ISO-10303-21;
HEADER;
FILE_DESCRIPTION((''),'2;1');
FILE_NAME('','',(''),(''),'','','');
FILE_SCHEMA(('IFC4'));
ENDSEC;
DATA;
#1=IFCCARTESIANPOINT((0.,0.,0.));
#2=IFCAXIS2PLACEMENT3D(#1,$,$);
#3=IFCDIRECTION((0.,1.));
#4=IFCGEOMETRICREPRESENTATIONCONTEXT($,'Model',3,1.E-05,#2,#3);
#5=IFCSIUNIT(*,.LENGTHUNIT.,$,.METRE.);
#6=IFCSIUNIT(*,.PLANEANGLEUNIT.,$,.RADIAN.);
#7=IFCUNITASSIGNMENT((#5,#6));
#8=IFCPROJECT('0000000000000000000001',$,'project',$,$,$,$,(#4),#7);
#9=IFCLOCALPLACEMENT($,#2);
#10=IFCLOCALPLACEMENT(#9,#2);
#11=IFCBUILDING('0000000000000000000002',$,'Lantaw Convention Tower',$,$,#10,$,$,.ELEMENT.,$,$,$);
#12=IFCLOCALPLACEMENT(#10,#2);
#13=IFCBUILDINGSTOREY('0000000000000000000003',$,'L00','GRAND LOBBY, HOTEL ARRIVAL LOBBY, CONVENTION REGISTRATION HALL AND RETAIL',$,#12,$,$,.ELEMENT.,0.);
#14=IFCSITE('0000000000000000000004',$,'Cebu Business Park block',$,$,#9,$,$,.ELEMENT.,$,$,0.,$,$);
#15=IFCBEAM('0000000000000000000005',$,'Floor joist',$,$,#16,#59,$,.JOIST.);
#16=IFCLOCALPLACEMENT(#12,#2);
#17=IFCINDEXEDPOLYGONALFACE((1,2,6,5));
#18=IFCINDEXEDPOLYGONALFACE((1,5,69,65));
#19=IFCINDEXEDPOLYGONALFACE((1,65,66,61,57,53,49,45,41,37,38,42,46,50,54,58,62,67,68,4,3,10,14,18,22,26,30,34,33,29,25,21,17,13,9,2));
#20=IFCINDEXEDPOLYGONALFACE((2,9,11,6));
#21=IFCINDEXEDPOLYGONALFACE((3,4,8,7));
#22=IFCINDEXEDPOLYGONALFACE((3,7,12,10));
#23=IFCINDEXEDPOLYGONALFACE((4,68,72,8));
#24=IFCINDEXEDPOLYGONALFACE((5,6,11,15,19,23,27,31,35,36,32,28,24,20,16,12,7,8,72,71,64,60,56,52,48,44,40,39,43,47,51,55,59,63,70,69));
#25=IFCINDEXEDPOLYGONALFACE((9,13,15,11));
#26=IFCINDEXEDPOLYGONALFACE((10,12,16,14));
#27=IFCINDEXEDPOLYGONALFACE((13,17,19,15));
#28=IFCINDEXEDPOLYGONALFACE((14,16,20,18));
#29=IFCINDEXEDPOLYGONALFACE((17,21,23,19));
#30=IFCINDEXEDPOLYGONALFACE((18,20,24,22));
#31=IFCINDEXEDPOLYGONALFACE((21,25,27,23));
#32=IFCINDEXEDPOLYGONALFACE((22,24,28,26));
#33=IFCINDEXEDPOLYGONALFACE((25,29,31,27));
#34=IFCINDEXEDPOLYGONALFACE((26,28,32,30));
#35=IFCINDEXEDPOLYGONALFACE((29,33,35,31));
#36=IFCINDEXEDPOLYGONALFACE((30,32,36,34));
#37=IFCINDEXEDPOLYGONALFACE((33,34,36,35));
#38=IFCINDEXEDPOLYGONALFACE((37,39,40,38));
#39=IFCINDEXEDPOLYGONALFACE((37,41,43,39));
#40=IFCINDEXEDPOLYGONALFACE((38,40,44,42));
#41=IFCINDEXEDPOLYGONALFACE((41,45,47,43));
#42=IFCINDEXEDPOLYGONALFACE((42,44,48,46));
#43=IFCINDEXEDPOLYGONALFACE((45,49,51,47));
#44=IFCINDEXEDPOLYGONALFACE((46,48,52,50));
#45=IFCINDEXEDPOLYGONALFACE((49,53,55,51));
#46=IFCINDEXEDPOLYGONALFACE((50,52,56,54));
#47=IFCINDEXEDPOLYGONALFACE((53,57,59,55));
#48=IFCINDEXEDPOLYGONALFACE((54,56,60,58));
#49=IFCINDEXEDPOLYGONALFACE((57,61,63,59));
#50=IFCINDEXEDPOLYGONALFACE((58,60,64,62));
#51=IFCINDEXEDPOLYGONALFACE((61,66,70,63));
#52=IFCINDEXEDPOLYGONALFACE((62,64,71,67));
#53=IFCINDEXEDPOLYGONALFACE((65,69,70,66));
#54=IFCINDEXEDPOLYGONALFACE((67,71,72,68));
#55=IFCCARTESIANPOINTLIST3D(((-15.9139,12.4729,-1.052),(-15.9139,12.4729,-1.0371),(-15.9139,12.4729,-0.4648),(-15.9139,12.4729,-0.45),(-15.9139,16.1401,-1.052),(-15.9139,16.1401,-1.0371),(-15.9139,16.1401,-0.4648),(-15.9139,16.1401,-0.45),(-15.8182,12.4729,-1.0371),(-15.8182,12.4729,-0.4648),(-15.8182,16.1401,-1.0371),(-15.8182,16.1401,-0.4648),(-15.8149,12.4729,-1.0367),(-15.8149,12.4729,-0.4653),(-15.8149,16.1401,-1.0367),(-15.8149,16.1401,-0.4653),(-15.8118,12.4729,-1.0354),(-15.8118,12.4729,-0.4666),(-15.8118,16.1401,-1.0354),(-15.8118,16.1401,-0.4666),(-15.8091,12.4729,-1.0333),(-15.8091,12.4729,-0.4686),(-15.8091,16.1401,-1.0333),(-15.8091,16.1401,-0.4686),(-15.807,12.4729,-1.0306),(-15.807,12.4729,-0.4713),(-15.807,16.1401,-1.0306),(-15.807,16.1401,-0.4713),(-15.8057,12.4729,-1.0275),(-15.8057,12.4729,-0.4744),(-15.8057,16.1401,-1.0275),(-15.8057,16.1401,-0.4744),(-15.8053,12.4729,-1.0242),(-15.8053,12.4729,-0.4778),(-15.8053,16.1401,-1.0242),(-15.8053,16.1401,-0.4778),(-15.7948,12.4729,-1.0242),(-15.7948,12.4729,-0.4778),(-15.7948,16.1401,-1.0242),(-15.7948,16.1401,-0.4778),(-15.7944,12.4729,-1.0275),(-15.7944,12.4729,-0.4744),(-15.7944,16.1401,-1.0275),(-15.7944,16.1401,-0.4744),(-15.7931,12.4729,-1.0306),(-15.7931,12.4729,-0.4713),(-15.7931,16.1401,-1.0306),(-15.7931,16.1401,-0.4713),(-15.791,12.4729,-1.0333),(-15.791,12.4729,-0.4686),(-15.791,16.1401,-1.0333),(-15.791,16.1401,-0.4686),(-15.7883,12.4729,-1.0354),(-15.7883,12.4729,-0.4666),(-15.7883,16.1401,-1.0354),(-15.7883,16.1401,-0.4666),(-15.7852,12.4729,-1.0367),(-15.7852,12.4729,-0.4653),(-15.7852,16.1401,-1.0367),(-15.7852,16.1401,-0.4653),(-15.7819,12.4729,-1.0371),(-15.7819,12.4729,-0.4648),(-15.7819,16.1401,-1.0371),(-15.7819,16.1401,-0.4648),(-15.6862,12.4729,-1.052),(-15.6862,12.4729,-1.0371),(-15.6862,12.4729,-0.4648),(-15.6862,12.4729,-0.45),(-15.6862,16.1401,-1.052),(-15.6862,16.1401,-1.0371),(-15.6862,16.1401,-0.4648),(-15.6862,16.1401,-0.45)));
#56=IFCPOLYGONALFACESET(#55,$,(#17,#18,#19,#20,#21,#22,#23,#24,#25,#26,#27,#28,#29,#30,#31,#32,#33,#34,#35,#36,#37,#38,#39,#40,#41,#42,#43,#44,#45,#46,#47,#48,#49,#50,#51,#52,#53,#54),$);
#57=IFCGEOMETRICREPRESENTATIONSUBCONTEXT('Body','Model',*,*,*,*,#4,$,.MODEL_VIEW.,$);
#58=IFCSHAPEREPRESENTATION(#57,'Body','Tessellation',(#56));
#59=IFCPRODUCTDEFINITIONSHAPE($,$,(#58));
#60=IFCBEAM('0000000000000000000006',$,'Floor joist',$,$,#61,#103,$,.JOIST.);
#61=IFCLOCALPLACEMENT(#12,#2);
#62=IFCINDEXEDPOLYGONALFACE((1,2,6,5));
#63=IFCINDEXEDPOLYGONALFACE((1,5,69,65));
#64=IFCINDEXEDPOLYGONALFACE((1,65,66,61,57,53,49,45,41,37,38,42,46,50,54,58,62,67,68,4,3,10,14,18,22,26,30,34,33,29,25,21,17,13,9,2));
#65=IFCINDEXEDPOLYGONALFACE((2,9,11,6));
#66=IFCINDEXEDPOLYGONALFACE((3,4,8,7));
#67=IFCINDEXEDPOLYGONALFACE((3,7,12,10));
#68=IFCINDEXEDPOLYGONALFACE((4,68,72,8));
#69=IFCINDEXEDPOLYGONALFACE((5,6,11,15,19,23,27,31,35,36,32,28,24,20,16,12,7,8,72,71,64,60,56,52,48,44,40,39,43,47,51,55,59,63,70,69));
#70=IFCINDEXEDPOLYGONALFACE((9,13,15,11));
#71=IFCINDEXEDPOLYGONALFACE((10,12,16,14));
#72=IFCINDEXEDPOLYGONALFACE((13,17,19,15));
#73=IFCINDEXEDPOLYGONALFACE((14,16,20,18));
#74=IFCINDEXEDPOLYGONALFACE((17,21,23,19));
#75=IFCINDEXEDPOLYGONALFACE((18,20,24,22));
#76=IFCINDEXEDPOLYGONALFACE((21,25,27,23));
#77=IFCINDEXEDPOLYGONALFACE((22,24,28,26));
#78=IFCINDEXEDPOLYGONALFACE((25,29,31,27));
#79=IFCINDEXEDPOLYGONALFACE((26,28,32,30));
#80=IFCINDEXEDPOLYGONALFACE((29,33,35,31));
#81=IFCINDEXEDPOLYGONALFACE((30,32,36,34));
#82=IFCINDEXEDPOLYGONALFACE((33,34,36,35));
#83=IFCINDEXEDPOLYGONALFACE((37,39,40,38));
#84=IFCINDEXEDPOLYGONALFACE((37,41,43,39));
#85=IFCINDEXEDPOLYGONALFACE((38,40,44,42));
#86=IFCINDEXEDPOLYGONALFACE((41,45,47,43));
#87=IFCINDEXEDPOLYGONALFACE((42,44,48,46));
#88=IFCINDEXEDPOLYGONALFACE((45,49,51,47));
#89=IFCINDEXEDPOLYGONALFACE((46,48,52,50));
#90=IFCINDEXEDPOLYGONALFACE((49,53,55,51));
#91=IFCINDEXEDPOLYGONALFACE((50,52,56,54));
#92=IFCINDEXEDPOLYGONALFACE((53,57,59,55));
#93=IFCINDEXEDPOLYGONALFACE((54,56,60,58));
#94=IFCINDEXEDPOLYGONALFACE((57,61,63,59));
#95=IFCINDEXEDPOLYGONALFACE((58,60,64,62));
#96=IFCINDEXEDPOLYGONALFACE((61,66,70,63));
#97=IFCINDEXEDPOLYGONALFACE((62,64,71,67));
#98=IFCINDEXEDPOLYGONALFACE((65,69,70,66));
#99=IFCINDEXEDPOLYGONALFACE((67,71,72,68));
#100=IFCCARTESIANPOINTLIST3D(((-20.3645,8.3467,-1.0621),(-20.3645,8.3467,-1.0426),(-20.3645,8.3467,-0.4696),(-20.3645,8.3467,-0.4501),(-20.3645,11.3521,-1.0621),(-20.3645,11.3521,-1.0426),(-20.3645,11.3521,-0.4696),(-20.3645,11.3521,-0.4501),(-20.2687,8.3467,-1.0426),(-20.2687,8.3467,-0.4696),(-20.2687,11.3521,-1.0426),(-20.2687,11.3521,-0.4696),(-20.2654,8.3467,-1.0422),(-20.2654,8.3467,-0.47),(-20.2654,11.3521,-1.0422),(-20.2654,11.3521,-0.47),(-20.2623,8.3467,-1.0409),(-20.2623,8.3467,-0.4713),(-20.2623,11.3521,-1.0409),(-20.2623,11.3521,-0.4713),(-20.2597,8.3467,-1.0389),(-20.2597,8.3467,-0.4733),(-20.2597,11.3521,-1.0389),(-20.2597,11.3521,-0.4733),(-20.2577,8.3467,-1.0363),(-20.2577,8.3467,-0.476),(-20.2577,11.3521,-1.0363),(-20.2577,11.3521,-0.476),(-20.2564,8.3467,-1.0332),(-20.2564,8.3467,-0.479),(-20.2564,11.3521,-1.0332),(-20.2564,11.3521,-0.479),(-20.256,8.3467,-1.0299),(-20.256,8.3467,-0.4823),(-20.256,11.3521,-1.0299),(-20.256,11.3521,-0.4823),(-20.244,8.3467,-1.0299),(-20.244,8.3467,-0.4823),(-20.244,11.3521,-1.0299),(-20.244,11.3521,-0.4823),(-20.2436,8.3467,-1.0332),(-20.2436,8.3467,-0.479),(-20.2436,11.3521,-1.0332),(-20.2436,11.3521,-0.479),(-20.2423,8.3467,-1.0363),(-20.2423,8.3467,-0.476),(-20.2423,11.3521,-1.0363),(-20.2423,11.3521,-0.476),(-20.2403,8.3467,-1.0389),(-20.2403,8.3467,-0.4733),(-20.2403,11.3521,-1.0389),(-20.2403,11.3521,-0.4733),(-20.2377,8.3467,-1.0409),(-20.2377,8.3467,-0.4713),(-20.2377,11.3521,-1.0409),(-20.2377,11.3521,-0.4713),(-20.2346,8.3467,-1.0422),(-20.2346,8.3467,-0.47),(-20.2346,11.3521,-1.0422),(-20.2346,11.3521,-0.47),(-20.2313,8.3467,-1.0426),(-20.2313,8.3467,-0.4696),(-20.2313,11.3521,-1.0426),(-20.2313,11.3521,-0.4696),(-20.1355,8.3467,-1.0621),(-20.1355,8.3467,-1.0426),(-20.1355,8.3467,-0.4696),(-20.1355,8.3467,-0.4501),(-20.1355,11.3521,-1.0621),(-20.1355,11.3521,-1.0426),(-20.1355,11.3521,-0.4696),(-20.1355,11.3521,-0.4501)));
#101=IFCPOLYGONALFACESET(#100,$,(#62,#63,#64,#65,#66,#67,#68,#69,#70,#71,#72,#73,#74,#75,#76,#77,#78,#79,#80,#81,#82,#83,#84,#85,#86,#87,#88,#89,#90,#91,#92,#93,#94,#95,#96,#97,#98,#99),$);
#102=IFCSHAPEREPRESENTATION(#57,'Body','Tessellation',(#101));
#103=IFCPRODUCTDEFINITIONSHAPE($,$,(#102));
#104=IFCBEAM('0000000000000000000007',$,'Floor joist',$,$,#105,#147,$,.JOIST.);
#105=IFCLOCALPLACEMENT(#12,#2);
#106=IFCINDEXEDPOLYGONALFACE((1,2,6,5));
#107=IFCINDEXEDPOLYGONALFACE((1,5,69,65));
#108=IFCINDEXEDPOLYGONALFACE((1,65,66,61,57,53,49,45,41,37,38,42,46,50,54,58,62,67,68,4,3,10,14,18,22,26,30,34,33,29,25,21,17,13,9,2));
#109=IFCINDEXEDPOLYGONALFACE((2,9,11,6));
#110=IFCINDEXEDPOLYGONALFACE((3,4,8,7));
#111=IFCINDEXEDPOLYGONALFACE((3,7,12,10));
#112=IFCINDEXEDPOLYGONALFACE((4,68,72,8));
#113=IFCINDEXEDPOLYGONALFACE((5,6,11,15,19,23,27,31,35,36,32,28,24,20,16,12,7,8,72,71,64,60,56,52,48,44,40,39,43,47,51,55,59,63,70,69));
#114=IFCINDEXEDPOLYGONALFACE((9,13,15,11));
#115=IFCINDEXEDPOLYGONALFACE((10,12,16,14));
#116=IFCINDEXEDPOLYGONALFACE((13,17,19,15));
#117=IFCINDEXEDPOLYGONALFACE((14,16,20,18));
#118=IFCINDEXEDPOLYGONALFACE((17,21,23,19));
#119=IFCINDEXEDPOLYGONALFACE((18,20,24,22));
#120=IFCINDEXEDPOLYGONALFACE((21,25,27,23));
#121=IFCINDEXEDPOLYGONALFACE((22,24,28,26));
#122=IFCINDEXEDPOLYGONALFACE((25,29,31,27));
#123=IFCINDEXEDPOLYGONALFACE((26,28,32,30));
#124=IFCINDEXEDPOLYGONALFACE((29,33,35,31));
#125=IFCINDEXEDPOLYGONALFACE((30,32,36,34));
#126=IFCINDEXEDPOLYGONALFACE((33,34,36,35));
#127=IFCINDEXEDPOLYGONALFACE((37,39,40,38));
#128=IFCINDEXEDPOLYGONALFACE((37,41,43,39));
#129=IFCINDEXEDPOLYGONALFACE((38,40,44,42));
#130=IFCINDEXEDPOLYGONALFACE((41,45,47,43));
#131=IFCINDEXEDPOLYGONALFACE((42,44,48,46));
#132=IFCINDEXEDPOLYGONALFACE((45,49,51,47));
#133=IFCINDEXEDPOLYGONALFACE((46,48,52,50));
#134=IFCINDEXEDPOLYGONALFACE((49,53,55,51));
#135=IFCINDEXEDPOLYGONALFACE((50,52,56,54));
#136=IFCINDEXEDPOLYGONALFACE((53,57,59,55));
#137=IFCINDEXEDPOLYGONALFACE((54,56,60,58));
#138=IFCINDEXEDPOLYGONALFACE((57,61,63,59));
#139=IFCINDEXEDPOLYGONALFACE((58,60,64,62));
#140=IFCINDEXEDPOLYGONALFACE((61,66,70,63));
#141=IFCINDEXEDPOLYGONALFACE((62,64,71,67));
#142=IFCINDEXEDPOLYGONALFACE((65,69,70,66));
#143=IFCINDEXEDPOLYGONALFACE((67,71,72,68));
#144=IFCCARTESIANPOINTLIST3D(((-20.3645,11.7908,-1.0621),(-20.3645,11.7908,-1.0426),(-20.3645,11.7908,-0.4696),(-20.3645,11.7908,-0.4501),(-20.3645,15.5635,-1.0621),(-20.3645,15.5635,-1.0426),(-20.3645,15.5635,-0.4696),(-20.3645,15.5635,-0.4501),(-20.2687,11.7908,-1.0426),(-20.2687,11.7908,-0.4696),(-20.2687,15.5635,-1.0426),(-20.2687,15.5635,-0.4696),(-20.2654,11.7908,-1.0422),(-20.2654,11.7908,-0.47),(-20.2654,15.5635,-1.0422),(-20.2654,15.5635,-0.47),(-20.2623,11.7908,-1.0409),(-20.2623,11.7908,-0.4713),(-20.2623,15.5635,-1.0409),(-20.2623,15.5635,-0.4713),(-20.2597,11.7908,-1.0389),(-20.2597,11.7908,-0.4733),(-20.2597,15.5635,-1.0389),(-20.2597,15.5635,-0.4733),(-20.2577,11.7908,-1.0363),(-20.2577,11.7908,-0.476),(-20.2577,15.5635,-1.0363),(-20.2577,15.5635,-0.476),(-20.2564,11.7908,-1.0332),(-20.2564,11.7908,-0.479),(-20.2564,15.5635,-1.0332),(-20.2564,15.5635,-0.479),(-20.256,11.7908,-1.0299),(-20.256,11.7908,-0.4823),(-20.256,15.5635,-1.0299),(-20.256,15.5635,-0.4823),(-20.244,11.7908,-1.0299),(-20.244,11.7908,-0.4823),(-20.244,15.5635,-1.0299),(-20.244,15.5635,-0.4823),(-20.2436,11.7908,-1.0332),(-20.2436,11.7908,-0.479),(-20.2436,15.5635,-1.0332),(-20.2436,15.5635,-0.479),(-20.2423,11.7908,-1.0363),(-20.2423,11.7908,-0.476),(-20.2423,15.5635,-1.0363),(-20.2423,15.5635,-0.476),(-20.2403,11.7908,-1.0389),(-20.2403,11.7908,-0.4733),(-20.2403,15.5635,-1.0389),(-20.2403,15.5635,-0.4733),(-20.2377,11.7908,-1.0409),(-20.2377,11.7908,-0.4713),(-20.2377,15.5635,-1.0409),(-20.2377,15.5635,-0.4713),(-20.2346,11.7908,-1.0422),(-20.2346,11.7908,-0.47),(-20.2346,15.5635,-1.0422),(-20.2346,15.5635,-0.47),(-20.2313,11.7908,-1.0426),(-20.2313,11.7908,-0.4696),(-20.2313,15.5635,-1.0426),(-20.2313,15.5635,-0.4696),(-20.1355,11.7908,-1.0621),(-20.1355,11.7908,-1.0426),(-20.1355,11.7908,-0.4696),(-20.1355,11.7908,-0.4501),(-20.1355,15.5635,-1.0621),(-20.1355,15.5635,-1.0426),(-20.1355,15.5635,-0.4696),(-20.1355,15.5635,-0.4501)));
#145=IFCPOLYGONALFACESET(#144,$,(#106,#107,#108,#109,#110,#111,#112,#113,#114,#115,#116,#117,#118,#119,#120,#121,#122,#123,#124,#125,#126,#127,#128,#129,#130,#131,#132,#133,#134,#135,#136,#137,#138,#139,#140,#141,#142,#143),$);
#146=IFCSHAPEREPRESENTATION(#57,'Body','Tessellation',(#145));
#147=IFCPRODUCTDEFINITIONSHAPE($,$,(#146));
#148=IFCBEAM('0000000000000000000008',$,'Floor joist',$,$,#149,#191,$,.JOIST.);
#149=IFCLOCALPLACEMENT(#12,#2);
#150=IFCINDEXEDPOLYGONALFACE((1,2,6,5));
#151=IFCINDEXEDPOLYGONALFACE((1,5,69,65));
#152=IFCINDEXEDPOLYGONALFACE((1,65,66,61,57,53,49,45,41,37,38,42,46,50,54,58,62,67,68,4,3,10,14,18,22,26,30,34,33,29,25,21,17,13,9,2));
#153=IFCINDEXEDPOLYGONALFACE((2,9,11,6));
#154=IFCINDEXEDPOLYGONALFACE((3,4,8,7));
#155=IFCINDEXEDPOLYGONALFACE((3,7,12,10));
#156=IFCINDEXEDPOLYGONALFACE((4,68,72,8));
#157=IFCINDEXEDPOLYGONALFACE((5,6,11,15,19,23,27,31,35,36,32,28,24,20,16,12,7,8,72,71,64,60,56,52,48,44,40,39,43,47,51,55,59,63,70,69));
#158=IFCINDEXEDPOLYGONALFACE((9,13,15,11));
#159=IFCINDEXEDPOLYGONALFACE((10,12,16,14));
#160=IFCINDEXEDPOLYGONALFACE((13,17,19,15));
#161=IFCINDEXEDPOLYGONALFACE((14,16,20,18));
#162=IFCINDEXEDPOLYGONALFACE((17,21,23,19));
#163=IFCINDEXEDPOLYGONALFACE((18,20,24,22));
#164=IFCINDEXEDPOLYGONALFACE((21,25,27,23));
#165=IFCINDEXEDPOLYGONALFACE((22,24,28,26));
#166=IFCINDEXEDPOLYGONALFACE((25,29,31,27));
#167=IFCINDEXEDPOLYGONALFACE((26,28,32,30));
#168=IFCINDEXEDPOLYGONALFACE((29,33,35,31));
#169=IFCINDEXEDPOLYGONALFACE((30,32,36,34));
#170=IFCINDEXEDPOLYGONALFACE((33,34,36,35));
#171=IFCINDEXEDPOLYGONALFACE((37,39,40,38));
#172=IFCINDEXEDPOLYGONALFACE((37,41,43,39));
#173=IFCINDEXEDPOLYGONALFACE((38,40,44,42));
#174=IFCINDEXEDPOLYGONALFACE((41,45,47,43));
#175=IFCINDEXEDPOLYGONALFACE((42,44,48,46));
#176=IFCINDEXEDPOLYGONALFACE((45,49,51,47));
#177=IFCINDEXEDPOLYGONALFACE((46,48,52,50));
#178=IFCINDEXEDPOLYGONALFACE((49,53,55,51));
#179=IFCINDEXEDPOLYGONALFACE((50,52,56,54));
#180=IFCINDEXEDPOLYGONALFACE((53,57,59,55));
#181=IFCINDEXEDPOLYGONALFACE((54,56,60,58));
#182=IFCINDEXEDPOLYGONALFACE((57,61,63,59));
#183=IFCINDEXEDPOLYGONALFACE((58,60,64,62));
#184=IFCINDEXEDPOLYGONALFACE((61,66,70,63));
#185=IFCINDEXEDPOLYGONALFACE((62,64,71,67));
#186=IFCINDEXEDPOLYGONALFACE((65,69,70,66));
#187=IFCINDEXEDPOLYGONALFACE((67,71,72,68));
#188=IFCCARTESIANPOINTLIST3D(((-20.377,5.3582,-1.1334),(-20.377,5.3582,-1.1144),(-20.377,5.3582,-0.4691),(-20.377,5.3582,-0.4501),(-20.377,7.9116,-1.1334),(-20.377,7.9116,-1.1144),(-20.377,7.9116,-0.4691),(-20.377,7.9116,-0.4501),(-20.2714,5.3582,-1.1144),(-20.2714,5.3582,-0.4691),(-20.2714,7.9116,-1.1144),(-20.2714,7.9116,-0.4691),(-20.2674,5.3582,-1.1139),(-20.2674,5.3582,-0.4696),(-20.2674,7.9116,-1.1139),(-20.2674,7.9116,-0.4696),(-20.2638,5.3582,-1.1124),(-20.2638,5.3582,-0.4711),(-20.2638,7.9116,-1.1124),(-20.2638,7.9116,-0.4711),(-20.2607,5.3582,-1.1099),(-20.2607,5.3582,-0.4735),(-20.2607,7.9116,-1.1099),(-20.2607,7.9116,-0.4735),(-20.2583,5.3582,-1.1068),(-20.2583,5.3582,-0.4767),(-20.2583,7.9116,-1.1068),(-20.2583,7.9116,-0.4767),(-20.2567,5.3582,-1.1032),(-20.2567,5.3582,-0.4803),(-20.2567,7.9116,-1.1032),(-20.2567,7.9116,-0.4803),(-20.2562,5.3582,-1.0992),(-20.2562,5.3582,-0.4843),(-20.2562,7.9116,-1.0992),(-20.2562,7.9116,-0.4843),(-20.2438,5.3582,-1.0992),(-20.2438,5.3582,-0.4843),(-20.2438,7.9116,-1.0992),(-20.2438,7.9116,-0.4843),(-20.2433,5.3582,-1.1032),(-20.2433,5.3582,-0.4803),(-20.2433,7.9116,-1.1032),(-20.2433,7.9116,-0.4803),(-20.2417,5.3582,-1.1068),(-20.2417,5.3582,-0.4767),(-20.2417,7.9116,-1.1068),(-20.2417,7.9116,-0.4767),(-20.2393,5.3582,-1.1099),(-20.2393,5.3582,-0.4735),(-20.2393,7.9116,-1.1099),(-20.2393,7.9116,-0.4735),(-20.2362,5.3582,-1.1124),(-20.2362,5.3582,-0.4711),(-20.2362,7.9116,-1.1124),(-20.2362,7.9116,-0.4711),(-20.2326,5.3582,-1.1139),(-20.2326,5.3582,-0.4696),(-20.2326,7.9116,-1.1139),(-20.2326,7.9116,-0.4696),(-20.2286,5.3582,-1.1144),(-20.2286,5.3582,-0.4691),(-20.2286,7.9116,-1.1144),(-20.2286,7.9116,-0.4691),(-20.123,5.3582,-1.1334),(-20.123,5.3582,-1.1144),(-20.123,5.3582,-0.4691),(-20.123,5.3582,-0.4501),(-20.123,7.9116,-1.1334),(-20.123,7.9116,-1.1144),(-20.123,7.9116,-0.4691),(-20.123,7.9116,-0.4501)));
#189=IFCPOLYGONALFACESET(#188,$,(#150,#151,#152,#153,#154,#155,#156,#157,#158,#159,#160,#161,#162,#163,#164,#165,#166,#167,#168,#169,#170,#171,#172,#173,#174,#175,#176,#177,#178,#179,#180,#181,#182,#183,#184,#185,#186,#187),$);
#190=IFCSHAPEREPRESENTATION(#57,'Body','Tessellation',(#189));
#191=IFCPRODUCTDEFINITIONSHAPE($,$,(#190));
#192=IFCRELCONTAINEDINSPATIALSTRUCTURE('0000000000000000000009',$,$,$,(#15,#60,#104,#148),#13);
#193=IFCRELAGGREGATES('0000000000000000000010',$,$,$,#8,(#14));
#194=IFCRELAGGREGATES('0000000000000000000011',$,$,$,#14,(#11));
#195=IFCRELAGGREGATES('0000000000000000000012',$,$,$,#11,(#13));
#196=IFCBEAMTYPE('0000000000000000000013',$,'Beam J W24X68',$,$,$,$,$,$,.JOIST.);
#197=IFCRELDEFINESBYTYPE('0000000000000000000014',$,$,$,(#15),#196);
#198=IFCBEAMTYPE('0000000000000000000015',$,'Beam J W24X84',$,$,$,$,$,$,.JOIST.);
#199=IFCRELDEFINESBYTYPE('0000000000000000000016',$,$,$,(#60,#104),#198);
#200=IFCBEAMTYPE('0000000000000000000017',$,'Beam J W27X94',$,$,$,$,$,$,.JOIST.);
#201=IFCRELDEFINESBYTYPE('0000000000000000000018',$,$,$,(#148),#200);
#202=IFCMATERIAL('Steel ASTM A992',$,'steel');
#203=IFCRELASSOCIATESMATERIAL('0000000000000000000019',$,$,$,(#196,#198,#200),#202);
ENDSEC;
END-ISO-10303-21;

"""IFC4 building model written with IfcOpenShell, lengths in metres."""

from ifc_helpers import new_model, si_unit, direction, frame, origin, origin_2d, place, context, subcontext, project, spatial, i_section, extrude, material, material_profile, profile_set, type_object, element, save


model = new_model("IFC4")

# Units and contexts
model_context = context("Model", 3, precision=1e-05, world=origin(), true_north=direction((0.0, 1.0)))
body_context = subcontext(model_context, "Body", "Model", "MODEL_VIEW")
ifc_project = project(units=[si_unit("LENGTHUNIT", "METRE"), si_unit("PLANEANGLEUNIT", "RADIAN")], contexts=[model_context])

# Site, building, storey
site_placement = place(None, origin())
site = spatial("IfcSite", under=ifc_project, at=site_placement, Name="Cebu Business Park block", CompositionType="ELEMENT", RefElevation=0.0)
building_placement = place(site_placement, origin())
building = spatial("IfcBuilding", under=site, at=building_placement, Name="Lantaw Convention Tower", CompositionType="ELEMENT")
storey_placement = place(building_placement, origin())
storey = spatial("IfcBuildingStorey", under=building, at=storey_placement, Name="L00", Description="GRAND LOBBY, HOTEL ARRIVAL LOBBY, CONVENTION REGISTRATION HALL AND RETAIL", CompositionType="ELEMENT", Elevation=0.0)

# Beams
ifc_material_1 = material(Name="Steel ASTM A992", Category="steel")
ifc_material_profile_1 = material_profile(ifc_material_1, i_section(OverallWidth=0.2278, OverallDepth=0.6021, WebThickness=0.0105, FlangeThickness=0.0149, FilletRadius=0.0129, at=origin_2d()), Name="W24X68")
ifc_profile_set_1 = profile_set([ifc_material_profile_1], Name="Steel ASTM A992")
beam_type_1 = type_object("IfcBeamType", Name="Beam J W24X68", PredefinedType="JOIST", material=ifc_profile_set_1)
beam_1_placement = place(storey_placement, frame((-15.8, 12.4729, -0.751), z_axis=(0.0, 1.0, 0.0), x_axis=(-1.0, 0.0, 0.0)))
element("IfcBeam", 1, at=beam_1_placement, inside=storey, type_object=beam_type_1, Name="Floor joist", PredefinedType="JOIST", context=body_context, shape_type="SweptSolid", body=[
    extrude(i_section(OverallWidth=0.2278, OverallDepth=0.6021, WebThickness=0.0105, FlangeThickness=0.0149, FilletRadius=0.0129, at=origin_2d()), origin(), (0.0, 0.0, 1.0), 3.6672),
])
ifc_material_profile_2 = material_profile(ifc_material_1, i_section(OverallWidth=0.229, OverallDepth=0.6121, WebThickness=0.012, FlangeThickness=0.0195, FilletRadius=0.0127, at=origin_2d()), Name="W24X84")
ifc_profile_set_2 = profile_set([ifc_material_profile_2], Name="Steel ASTM A992")
beam_type_2 = type_object("IfcBeamType", Name="Beam J W24X84", PredefinedType="JOIST", material=ifc_profile_set_2)
beam_2_placement = place(storey_placement, frame((-20.25, 8.3467, -0.7561), z_axis=(0.0, 1.0, 0.0), x_axis=(-1.0, 0.0, 0.0)))
element("IfcBeam", 2, at=beam_2_placement, inside=storey, type_object=beam_type_2, Name="Floor joist", PredefinedType="JOIST", context=body_context, shape_type="SweptSolid", body=[
    extrude(i_section(OverallWidth=0.229, OverallDepth=0.6121, WebThickness=0.012, FlangeThickness=0.0195, FilletRadius=0.0127, at=origin_2d()), origin(), (0.0, 0.0, 1.0), 3.0054),
])
beam_3_placement = place(storey_placement, frame((-20.25, 11.7908, -0.7561), z_axis=(0.0, 1.0, 0.0), x_axis=(-1.0, 0.0, 0.0)))
element("IfcBeam", 3, at=beam_3_placement, inside=storey, type_object=beam_type_2, Name="Floor joist", PredefinedType="JOIST", context=body_context, shape_type="SweptSolid", body=[
    extrude(i_section(OverallWidth=0.229, OverallDepth=0.6121, WebThickness=0.012, FlangeThickness=0.0195, FilletRadius=0.0127, at=origin_2d()), origin(), (0.0, 0.0, 1.0), 3.7727),
])
ifc_material_profile_3 = material_profile(ifc_material_1, i_section(OverallWidth=0.2539, OverallDepth=0.6833, WebThickness=0.0125, FlangeThickness=0.019, FilletRadius=0.0151, at=origin_2d()), Name="W27X94")
ifc_profile_set_3 = profile_set([ifc_material_profile_3], Name="Steel ASTM A992")
beam_type_3 = type_object("IfcBeamType", Name="Beam J W27X94", PredefinedType="JOIST", material=ifc_profile_set_3)
beam_4_placement = place(storey_placement, frame((-20.25, 5.3582, -0.7917), z_axis=(0.0, 1.0, 0.0), x_axis=(-1.0, 0.0, 0.0)))
element("IfcBeam", 4, at=beam_4_placement, inside=storey, type_object=beam_type_3, Name="Floor joist", PredefinedType="JOIST", context=body_context, shape_type="SweptSolid", body=[
    extrude(i_section(OverallWidth=0.2539, OverallDepth=0.6833, WebThickness=0.0125, FlangeThickness=0.019, FilletRadius=0.0151, at=origin_2d()), origin(), (0.0, 0.0, 1.0), 2.5535),
])

save(model, "model.ifc")
